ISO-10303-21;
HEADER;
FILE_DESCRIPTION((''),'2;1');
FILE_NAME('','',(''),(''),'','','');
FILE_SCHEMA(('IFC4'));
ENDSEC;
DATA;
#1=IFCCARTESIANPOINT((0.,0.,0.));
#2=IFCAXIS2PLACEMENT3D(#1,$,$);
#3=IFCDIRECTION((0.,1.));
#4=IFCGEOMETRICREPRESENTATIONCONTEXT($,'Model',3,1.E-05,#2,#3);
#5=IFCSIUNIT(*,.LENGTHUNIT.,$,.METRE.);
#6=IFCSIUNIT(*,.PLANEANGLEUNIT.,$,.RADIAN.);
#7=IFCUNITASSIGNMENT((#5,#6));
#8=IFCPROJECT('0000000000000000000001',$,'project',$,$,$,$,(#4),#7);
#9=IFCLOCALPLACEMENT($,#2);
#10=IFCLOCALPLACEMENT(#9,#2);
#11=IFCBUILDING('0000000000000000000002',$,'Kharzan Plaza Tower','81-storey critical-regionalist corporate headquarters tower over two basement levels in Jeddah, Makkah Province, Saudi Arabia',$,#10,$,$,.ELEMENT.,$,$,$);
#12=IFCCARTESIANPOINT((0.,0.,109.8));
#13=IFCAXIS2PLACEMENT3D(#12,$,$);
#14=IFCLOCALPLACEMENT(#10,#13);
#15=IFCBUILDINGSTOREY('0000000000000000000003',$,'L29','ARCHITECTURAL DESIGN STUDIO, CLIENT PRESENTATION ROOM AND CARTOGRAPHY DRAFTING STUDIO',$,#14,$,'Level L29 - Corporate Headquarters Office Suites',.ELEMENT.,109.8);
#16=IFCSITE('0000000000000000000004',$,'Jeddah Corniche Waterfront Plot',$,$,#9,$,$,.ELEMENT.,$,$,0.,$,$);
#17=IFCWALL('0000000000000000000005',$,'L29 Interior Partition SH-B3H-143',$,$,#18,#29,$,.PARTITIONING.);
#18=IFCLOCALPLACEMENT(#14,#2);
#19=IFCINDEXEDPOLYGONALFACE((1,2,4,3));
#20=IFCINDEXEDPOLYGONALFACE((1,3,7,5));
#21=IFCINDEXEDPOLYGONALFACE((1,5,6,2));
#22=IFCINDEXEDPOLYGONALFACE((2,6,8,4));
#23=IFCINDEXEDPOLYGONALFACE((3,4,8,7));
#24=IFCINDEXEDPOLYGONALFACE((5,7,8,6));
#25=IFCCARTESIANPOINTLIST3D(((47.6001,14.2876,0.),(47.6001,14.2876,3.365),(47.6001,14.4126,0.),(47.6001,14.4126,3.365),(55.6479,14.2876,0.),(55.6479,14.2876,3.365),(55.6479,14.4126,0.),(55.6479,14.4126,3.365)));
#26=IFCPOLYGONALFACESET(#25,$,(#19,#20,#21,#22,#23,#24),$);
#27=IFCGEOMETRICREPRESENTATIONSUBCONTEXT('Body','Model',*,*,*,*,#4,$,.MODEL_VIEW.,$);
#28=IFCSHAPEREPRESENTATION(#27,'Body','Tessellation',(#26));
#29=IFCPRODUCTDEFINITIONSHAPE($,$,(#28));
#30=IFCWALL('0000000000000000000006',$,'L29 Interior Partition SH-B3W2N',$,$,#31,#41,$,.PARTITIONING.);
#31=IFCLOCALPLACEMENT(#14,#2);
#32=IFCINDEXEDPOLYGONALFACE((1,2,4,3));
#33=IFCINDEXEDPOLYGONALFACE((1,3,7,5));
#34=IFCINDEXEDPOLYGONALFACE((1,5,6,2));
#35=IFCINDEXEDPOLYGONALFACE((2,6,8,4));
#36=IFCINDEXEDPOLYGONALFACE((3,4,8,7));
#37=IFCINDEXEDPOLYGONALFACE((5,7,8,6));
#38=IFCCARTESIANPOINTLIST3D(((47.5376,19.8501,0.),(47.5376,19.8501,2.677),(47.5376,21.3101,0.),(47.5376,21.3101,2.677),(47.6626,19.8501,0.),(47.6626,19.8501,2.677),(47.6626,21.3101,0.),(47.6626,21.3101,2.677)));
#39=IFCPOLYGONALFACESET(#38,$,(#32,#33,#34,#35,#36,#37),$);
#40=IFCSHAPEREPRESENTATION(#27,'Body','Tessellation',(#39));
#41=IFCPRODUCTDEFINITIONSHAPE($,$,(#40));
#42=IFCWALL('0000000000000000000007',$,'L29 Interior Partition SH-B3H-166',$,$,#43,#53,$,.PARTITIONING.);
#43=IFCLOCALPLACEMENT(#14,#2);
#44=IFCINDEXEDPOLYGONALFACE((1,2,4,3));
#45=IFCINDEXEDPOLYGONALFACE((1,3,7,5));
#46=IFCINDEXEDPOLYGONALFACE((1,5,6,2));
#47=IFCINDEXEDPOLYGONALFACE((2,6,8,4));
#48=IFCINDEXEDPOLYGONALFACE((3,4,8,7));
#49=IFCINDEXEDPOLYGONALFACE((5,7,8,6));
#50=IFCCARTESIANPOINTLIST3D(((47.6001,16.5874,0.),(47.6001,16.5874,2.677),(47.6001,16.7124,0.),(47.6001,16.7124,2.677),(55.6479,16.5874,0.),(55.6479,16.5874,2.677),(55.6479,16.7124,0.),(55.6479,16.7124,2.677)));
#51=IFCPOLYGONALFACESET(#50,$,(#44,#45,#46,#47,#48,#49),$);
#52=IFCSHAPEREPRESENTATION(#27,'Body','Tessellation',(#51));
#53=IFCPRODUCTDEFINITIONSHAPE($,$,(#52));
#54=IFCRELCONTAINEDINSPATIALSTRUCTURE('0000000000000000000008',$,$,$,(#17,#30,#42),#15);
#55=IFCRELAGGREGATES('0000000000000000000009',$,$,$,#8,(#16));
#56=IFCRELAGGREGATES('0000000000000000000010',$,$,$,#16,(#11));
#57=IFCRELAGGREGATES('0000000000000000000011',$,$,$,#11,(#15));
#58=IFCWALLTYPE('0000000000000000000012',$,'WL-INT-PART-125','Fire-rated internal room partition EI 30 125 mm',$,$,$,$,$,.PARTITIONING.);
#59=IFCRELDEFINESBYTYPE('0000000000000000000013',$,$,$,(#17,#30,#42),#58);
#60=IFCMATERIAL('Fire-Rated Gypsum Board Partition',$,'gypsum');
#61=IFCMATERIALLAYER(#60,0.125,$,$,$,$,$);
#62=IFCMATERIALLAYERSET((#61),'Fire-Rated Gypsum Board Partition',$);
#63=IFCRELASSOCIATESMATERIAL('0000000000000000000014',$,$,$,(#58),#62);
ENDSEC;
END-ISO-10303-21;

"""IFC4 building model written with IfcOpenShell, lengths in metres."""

from ifc_helpers import new_model, si_unit, direction, frame, frame_2d, origin, place, context, subcontext, project, spatial, rectangle, extrude, source, transform, mapped, material, layer, layer_set, type_object, element, save


model = new_model("IFC4")

# Units and contexts
model_context = context("Model", 3, precision=1e-05, world=origin(), true_north=direction((0.0, 1.0)))
body_context = subcontext(model_context, "Body", "Model", "MODEL_VIEW")
ifc_project = project(units=[si_unit("LENGTHUNIT", "METRE"), si_unit("PLANEANGLEUNIT", "RADIAN")], contexts=[model_context])

# Site, building, storey
site_placement = place(None, origin())
site = spatial("IfcSite", under=ifc_project, at=site_placement, Name="Jeddah Corniche Waterfront Plot", CompositionType="ELEMENT", RefElevation=0.0)
building_placement = place(site_placement, origin())
building = spatial("IfcBuilding", under=site, at=building_placement, Name="Kharzan Plaza Tower", Description="81-storey critical-regionalist corporate headquarters tower over two basement levels in Jeddah, Makkah Province, Saudi Arabia", CompositionType="ELEMENT")
storey_placement = place(building_placement, frame((0.0, 0.0, 109.8)))
storey = spatial("IfcBuildingStorey", under=building, at=storey_placement, Name="L29", Description="ARCHITECTURAL DESIGN STUDIO, CLIENT PRESENTATION ROOM AND CARTOGRAPHY DRAFTING STUDIO", LongName="Level L29 - Corporate Headquarters Office Suites", CompositionType="ELEMENT", Elevation=109.8)

# Shared definitions
ifc_material_1 = material(Name="Fire-Rated Gypsum Board Partition", Category="gypsum")
ifc_layer_1 = layer(ifc_material_1, 0.125)
ifc_layer_set_1 = layer_set([ifc_layer_1], Name="Fire-Rated Gypsum Board Partition")
wall_type_1 = type_object("IfcWallType", Name="WL-INT-PART-125", Description="Fire-rated internal room partition EI 30 125 mm", PredefinedType="PARTITIONING", material=ifc_layer_set_1)

# Walls
shared_shape_1 = source(origin(), body_context, "Body", "SweptSolid", [
    extrude(rectangle(XDim=8.0479, YDim=0.125, at=frame_2d((4.0239, 0.0))), origin(), (0.0, 0.0, 1.0), 3.365),
])
wall_1_placement = place(storey_placement, frame((47.6001, 14.3501, 0.0), z_axis=(0.0, 0.0, 1.0), x_axis=(1.0, 0.0, 0.0)))
element("IfcWall", 1, at=wall_1_placement, inside=storey, type_object=wall_type_1, Name="L29 Interior Partition SH-B3H-143", PredefinedType="PARTITIONING", context=body_context, shape_type="MappedRepresentation", body=[
    mapped(shared_shape_1, transform((0.0, 0.0, 0.0), x_axis=(1.0, 0.0, 0.0), y_axis=(0.0, 1.0, 0.0), z_axis=(0.0, 0.0, 1.0))),
])
shared_shape_2 = source(origin(), body_context, "Body", "SweptSolid", [
    extrude(rectangle(XDim=1.46, YDim=0.125, at=frame_2d((0.73, 0.0))), origin(), (0.0, 0.0, 1.0), 2.677),
])
wall_2_placement = place(storey_placement, frame((47.6001, 19.8501, 0.0), z_axis=(0.0, 0.0, 1.0), x_axis=(0.0, 1.0, 0.0)))
element("IfcWall", 2, at=wall_2_placement, inside=storey, type_object=wall_type_1, Name="L29 Interior Partition SH-B3W2N", PredefinedType="PARTITIONING", context=body_context, shape_type="MappedRepresentation", body=[
    mapped(shared_shape_2, transform((0.0, 0.0, 0.0), x_axis=(1.0, 0.0, 0.0), y_axis=(0.0, 1.0, 0.0), z_axis=(0.0, 0.0, 1.0))),
])
shared_shape_3 = source(origin(), body_context, "Body", "SweptSolid", [
    extrude(rectangle(XDim=8.0479, YDim=0.125, at=frame_2d((4.0239, 0.0))), origin(), (0.0, 0.0, 1.0), 2.677),
])
wall_3_placement = place(storey_placement, frame((47.6001, 16.6499, 0.0), z_axis=(0.0, 0.0, 1.0), x_axis=(1.0, 0.0, 0.0)))
element("IfcWall", 3, at=wall_3_placement, inside=storey, type_object=wall_type_1, Name="L29 Interior Partition SH-B3H-166", PredefinedType="PARTITIONING", context=body_context, shape_type="MappedRepresentation", body=[
    mapped(shared_shape_3, transform((0.0, 0.0, 0.0), x_axis=(1.0, 0.0, 0.0), y_axis=(0.0, 1.0, 0.0), z_axis=(0.0, 0.0, 1.0))),
])

save(model, "model.ifc")
